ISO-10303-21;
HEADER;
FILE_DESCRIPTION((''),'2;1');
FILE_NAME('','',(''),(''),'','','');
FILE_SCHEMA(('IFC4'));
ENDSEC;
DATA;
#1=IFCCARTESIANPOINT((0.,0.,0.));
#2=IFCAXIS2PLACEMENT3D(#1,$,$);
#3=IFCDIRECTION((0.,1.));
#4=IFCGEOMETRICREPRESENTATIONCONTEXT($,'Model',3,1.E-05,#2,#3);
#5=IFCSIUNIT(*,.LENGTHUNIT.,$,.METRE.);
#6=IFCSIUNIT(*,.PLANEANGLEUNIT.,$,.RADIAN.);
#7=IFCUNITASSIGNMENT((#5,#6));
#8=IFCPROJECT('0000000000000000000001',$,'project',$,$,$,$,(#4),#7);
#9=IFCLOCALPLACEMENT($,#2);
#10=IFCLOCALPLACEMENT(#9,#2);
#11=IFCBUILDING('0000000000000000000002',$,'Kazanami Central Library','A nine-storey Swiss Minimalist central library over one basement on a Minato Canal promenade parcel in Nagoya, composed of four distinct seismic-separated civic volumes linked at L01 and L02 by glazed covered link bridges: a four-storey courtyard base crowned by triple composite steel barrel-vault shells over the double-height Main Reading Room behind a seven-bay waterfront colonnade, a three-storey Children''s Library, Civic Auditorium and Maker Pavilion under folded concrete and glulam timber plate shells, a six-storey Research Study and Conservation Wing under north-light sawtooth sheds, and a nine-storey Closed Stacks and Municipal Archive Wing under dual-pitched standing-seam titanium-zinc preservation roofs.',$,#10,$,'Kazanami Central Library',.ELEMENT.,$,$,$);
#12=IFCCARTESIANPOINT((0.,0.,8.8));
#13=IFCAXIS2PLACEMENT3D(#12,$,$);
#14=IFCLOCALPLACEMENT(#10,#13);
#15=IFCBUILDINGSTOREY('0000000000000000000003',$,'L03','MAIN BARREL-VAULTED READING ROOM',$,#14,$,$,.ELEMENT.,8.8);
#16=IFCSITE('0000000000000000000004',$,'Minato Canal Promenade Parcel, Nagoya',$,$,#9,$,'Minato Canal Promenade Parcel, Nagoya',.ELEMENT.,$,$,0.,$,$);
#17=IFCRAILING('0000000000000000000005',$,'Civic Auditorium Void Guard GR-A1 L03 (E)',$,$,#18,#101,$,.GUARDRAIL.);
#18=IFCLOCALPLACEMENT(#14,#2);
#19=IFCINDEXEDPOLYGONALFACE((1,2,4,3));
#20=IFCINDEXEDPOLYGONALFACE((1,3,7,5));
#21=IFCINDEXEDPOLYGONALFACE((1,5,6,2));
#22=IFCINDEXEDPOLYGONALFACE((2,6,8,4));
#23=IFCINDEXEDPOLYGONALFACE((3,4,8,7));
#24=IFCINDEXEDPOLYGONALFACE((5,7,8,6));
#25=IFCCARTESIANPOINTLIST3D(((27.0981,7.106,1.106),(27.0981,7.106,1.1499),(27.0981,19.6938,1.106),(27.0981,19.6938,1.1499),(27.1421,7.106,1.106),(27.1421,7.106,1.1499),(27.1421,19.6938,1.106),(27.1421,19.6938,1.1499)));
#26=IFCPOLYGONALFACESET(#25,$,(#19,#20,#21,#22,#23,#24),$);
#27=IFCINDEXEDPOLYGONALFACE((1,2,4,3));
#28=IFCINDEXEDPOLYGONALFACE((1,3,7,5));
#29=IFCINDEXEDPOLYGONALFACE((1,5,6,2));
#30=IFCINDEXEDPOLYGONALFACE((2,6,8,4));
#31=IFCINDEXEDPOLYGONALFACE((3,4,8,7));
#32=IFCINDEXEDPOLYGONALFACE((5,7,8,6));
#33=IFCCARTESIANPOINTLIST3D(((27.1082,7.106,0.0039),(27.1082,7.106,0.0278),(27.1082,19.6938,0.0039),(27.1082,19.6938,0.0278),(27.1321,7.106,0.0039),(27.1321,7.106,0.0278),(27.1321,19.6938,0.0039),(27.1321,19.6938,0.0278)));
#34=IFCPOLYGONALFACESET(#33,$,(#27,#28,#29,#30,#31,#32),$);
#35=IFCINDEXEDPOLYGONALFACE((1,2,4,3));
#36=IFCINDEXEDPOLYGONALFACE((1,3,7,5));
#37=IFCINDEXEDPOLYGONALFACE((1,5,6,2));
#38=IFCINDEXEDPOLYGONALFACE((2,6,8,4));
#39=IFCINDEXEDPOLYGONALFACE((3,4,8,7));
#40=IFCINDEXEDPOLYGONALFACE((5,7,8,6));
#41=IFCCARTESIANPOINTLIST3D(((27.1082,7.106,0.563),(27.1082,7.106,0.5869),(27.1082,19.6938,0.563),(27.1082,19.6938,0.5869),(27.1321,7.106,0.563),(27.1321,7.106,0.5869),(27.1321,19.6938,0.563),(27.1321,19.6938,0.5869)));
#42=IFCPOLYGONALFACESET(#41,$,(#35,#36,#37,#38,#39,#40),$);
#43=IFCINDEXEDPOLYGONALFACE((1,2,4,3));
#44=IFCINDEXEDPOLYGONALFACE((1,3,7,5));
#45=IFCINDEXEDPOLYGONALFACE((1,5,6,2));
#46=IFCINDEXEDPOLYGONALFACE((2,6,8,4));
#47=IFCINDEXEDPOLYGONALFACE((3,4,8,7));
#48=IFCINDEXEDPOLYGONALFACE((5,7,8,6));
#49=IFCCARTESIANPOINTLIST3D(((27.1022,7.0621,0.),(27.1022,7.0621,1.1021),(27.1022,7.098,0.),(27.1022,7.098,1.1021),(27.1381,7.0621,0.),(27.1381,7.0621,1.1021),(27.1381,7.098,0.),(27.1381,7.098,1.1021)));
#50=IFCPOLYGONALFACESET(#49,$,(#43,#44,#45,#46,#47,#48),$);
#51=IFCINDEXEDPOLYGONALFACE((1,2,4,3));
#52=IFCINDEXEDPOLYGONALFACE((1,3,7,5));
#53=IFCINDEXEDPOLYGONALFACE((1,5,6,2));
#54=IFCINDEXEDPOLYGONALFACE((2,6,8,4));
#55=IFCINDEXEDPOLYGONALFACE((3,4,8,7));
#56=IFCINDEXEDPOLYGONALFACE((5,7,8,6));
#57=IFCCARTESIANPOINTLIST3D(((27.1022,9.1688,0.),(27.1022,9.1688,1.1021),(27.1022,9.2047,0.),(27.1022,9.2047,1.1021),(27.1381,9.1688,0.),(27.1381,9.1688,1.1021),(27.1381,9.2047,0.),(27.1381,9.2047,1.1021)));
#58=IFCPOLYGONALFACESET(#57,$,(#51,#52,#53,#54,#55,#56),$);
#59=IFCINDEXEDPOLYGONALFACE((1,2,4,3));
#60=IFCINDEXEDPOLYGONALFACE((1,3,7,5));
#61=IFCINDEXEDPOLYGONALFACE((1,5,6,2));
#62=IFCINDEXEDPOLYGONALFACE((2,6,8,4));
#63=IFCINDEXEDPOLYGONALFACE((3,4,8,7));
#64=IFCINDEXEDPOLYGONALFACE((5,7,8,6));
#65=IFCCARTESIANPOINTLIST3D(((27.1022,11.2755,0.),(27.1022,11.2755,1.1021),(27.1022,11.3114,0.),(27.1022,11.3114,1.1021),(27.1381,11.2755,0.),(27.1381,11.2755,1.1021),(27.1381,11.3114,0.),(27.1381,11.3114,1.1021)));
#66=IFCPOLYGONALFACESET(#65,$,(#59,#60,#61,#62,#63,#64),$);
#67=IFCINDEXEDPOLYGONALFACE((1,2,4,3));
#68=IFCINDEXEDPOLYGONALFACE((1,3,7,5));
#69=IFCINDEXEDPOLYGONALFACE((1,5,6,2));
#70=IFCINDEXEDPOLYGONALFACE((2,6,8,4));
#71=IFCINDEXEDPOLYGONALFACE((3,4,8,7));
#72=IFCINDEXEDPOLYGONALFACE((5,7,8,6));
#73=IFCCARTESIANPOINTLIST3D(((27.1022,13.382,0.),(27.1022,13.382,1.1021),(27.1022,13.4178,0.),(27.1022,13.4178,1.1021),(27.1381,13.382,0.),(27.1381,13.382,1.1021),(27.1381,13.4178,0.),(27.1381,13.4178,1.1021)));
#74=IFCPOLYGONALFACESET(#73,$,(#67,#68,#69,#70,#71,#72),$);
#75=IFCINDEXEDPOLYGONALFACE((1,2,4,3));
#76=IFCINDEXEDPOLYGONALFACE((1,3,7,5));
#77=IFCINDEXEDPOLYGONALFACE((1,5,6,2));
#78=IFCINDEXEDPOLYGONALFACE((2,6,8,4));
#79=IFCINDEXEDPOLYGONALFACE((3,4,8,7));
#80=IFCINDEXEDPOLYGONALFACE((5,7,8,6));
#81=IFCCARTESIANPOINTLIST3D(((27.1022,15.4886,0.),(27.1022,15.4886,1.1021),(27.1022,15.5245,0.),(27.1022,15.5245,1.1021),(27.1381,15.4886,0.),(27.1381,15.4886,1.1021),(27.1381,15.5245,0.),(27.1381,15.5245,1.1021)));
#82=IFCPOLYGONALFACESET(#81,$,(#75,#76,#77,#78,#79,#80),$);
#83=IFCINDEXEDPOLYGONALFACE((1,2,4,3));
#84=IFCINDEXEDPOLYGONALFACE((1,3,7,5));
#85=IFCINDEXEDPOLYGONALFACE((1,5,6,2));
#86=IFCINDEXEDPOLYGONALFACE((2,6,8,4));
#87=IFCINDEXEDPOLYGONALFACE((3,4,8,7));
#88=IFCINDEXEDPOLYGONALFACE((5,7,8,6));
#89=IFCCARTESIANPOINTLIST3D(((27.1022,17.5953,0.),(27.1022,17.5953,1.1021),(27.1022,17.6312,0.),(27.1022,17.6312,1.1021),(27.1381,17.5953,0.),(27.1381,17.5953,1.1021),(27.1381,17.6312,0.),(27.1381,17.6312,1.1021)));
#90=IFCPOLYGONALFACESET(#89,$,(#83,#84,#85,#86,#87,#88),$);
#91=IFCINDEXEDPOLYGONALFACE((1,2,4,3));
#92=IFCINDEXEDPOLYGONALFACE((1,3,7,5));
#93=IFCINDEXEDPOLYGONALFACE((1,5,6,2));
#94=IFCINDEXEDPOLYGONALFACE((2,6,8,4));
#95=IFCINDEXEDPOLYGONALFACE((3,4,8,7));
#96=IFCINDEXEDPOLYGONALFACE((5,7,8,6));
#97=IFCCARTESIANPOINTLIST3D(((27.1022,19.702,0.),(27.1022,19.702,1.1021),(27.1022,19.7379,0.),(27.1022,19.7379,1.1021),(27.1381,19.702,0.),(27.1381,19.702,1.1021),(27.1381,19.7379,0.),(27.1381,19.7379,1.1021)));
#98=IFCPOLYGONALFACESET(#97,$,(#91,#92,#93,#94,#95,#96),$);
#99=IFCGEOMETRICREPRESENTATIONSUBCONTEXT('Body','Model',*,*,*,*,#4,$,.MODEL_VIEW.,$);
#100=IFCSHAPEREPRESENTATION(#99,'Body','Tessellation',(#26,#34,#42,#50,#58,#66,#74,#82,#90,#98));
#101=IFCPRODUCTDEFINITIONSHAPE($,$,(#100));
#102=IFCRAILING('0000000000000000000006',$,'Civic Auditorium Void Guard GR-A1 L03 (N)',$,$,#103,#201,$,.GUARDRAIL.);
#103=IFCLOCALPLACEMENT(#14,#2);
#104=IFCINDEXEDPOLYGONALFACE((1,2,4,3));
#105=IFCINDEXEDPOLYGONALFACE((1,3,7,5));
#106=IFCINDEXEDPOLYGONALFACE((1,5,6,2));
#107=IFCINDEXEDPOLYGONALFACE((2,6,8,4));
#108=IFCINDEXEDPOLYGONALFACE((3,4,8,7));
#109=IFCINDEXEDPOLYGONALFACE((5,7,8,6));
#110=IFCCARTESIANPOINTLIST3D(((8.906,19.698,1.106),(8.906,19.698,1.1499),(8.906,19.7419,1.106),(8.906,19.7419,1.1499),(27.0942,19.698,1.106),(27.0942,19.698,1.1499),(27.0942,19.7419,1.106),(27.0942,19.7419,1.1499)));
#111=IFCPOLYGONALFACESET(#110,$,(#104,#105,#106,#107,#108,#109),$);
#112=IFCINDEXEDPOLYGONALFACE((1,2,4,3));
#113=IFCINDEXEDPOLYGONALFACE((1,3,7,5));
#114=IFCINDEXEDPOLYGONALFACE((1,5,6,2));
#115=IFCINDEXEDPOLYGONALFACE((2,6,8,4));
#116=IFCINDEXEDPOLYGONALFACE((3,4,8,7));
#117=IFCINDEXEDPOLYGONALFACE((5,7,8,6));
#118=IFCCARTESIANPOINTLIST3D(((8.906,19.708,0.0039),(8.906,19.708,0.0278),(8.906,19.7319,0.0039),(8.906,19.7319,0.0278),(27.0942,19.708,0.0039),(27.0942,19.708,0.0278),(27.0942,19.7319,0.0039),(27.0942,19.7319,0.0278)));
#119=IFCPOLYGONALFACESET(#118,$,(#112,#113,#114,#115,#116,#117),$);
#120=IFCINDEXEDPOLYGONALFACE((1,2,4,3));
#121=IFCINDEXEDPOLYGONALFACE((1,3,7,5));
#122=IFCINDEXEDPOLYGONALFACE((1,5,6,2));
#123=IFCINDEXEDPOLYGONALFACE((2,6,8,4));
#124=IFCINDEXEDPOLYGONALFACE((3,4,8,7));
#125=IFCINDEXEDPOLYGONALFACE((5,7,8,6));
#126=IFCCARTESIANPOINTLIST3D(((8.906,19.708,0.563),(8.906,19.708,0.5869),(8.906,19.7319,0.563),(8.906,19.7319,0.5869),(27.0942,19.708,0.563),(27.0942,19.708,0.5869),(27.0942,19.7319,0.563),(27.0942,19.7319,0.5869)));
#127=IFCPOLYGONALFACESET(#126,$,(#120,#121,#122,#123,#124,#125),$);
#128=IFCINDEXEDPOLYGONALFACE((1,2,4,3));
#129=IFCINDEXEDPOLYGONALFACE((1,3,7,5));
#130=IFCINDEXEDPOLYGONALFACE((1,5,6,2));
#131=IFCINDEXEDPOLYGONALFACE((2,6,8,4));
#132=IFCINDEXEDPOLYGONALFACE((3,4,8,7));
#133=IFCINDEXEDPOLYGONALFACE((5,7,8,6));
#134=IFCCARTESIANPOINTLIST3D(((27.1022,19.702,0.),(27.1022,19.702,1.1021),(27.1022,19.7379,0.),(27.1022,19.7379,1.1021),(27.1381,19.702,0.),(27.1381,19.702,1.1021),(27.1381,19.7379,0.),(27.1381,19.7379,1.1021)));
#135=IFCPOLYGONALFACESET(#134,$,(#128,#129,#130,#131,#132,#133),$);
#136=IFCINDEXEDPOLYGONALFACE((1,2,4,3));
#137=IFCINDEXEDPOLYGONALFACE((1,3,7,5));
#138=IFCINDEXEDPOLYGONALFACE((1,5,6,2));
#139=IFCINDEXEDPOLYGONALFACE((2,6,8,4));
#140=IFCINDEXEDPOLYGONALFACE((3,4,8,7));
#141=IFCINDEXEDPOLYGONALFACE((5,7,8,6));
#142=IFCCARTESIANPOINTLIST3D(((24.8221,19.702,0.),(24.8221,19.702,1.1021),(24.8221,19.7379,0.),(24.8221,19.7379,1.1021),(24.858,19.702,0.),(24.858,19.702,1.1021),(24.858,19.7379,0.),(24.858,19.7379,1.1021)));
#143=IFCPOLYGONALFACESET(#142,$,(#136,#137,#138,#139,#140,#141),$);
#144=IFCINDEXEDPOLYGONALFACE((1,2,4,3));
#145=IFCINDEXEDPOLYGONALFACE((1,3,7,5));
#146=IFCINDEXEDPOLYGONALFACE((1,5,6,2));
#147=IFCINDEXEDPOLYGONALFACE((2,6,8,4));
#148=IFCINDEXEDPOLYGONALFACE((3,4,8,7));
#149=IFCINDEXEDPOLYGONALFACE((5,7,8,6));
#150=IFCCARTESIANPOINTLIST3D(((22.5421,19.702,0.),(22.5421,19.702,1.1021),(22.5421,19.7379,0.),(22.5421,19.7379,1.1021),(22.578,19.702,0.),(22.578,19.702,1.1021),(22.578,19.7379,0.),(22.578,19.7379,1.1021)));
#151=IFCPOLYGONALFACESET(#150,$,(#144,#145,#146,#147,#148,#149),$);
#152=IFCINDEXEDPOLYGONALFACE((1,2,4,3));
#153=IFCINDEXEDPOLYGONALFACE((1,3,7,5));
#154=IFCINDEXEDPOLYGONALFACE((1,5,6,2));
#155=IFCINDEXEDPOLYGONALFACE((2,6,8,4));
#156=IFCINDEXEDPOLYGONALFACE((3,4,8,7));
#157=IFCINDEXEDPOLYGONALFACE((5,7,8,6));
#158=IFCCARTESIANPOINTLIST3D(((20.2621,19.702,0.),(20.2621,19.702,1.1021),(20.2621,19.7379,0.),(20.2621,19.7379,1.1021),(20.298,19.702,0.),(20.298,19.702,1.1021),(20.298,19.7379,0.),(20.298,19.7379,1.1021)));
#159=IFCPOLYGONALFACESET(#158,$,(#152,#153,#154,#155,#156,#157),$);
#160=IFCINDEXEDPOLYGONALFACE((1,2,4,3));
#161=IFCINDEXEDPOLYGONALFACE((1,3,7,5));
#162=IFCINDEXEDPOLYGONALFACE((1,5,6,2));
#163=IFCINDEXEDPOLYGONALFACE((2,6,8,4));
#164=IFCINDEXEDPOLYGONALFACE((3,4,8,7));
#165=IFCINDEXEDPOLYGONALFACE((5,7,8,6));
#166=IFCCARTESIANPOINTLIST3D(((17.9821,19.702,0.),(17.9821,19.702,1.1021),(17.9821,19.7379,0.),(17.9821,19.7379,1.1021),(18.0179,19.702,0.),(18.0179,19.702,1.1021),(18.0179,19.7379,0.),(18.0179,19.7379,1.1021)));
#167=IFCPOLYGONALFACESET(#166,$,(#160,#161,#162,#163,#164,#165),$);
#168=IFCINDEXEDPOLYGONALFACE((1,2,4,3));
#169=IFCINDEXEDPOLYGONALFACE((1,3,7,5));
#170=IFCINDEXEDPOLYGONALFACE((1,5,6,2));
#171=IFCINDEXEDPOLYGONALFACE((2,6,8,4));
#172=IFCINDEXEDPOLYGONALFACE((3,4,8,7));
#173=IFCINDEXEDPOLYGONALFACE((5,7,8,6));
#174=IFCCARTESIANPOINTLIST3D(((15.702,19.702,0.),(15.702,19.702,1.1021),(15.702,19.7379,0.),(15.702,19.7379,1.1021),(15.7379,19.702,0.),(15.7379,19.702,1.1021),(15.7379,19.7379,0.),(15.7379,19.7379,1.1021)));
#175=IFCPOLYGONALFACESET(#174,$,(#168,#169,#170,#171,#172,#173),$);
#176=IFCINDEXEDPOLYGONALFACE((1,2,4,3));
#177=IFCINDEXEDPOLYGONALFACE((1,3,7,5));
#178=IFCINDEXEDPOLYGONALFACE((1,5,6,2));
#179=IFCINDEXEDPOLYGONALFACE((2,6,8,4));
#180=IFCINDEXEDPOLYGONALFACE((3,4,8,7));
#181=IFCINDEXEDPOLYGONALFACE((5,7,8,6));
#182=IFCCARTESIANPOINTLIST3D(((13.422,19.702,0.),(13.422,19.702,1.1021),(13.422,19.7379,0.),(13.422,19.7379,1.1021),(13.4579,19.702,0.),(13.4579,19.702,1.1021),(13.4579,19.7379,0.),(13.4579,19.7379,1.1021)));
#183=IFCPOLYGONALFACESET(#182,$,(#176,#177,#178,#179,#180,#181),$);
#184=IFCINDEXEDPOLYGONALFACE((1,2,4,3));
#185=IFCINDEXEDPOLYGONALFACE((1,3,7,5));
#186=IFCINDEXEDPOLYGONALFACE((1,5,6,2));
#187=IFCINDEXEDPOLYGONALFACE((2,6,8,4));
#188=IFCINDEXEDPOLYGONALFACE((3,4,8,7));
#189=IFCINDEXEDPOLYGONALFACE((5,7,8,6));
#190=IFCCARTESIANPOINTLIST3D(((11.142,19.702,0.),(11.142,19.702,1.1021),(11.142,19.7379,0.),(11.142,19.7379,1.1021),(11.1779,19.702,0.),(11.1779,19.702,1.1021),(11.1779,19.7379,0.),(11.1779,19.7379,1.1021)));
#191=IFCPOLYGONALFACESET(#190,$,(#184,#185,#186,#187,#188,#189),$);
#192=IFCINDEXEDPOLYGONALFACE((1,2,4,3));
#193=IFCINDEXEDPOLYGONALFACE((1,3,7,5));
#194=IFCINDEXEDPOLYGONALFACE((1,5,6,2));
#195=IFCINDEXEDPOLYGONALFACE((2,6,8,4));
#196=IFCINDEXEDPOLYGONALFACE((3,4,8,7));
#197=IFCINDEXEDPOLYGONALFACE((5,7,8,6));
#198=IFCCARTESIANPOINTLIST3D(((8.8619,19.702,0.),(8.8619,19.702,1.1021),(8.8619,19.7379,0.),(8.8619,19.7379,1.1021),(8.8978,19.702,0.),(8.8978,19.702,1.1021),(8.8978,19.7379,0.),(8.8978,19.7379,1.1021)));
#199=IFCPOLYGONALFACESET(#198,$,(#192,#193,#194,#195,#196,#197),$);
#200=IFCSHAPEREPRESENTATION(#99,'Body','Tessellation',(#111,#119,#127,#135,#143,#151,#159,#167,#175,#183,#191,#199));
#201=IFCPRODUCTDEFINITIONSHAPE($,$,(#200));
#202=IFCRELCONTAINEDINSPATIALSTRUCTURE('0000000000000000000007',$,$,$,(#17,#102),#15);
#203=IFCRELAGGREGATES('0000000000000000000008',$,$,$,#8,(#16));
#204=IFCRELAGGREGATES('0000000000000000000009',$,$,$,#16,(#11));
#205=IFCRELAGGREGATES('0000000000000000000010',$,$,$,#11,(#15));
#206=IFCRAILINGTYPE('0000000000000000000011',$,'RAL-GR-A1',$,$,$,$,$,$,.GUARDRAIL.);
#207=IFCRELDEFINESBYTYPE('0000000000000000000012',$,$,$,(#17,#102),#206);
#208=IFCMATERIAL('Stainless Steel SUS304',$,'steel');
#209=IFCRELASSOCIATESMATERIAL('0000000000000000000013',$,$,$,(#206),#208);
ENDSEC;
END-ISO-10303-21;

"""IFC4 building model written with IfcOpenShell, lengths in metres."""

from ifc_helpers import new_model, si_unit, direction, frame, origin, origin_2d, place, context, subcontext, project, spatial, rectangle, extrude, material, type_object, element, save


model = new_model("IFC4")

# Units and contexts
model_context = context("Model", 3, precision=1e-05, world=origin(), true_north=direction((0.0, 1.0)))
body_context = subcontext(model_context, "Body", "Model", "MODEL_VIEW")
ifc_project = project(units=[si_unit("LENGTHUNIT", "METRE"), si_unit("PLANEANGLEUNIT", "RADIAN")], contexts=[model_context])

# Site, building, storey
site_placement = place(None, origin())
site = spatial("IfcSite", under=ifc_project, at=site_placement, Name="Minato Canal Promenade Parcel, Nagoya", LongName="Minato Canal Promenade Parcel, Nagoya", CompositionType="ELEMENT", RefElevation=0.0)
building_placement = place(site_placement, origin())
building = spatial("IfcBuilding", under=site, at=building_placement, Name="Kazanami Central Library", Description="A nine-storey Swiss Minimalist central library over one basement on a Minato Canal promenade parcel in Nagoya, composed of four distinct seismic-separated civic volumes linked at L01 and L02 by glazed covered link bridges: a four-storey courtyard base crowned by triple composite steel barrel-vault shells over the double-height Main Reading Room behind a seven-bay waterfront colonnade, a three-storey Children's Library, Civic Auditorium and Maker Pavilion under folded concrete and glulam timber plate shells, a six-storey Research Study and Conservation Wing under north-light sawtooth sheds, and a nine-storey Closed Stacks and Municipal Archive Wing under dual-pitched standing-seam titanium-zinc preservation roofs.", LongName="Kazanami Central Library", CompositionType="ELEMENT")
storey_placement = place(building_placement, frame((0.0, 0.0, 8.8)))
storey = spatial("IfcBuildingStorey", under=building, at=storey_placement, Name="L03", Description="MAIN BARREL-VAULTED READING ROOM", CompositionType="ELEMENT", Elevation=8.8)

# Shared definitions
ifc_material_1 = material(Name="Stainless Steel SUS304", Category="steel")

# Railings
railing_type = type_object("IfcRailingType", Name="RAL-GR-A1", PredefinedType="GUARDRAIL", material=ifc_material_1)
railing_1_placement = place(storey_placement, frame((27.1201, 7.0801, 0.0)))
element("IfcRailing", 1, at=railing_1_placement, inside=storey, type_object=railing_type, Name="Civic Auditorium Void Guard GR-A1 L03 (E)", PredefinedType="GUARDRAIL", context=body_context, shape_type="SweptSolid", body=[
    extrude(rectangle(XDim=0.0439, YDim=0.0439, at=origin_2d()), frame((0.0, 0.0259, 1.1279), z_axis=(0.0, 1.0, 0.0), x_axis=(-1.0, 0.0, 0.0)), (0.0, 0.0, 1.0), 12.5879),
    extrude(rectangle(XDim=0.0239, YDim=0.0239, at=origin_2d()), frame((0.0, 0.0259, 0.0159), z_axis=(0.0, 1.0, 0.0), x_axis=(-1.0, 0.0, 0.0)), (0.0, 0.0, 1.0), 12.5879),
    extrude(rectangle(XDim=0.0239, YDim=0.0239, at=origin_2d()), frame((0.0, 0.0259, 0.575), z_axis=(0.0, 1.0, 0.0), x_axis=(-1.0, 0.0, 0.0)), (0.0, 0.0, 1.0), 12.5879),
    extrude(rectangle(XDim=0.0359, YDim=0.0359, at=origin_2d()), origin(), (0.0, 0.0, 1.0), 1.1021),
    extrude(rectangle(XDim=0.0359, YDim=0.0359, at=origin_2d()), frame((0.0, 2.1067, 0.0)), (0.0, 0.0, 1.0), 1.1021),
    extrude(rectangle(XDim=0.0359, YDim=0.0359, at=origin_2d()), frame((0.0, 4.2134, 0.0)), (0.0, 0.0, 1.0), 1.1021),
    extrude(rectangle(XDim=0.0359, YDim=0.0359, at=origin_2d()), frame((0.0, 6.3198, 0.0)), (0.0, 0.0, 1.0), 1.1021),
    extrude(rectangle(XDim=0.0359, YDim=0.0359, at=origin_2d()), frame((0.0, 8.4265, 0.0)), (0.0, 0.0, 1.0), 1.1021),
    extrude(rectangle(XDim=0.0359, YDim=0.0359, at=origin_2d()), frame((0.0, 10.5332, 0.0)), (0.0, 0.0, 1.0), 1.1021),
    extrude(rectangle(XDim=0.0359, YDim=0.0359, at=origin_2d()), frame((0.0, 12.6399, 0.0)), (0.0, 0.0, 1.0), 1.1021),
])
railing_2_placement = place(storey_placement, frame((27.1201, 19.72, 0.0)))
element("IfcRailing", 2, at=railing_2_placement, inside=storey, type_object=railing_type, Name="Civic Auditorium Void Guard GR-A1 L03 (N)", PredefinedType="GUARDRAIL", context=body_context, shape_type="SweptSolid", body=[
    extrude(rectangle(XDim=0.0439, YDim=0.0439, at=origin_2d()), frame((-0.0259, 0.0, 1.1279), z_axis=(-1.0, 0.0, 0.0), x_axis=(0.0, -1.0, 0.0)), (0.0, 0.0, 1.0), 18.1882),
    extrude(rectangle(XDim=0.0239, YDim=0.0239, at=origin_2d()), frame((-0.0259, 0.0, 0.0159), z_axis=(-1.0, 0.0, 0.0), x_axis=(0.0, -1.0, 0.0)), (0.0, 0.0, 1.0), 18.1882),
    extrude(rectangle(XDim=0.0239, YDim=0.0239, at=origin_2d()), frame((-0.0259, 0.0, 0.575), z_axis=(-1.0, 0.0, 0.0), x_axis=(0.0, -1.0, 0.0)), (0.0, 0.0, 1.0), 18.1882),
    extrude(rectangle(XDim=0.0359, YDim=0.0359, at=origin_2d()), origin(), (0.0, 0.0, 1.0), 1.1021),
    extrude(rectangle(XDim=0.0359, YDim=0.0359, at=origin_2d()), frame((-2.28, 0.0, 0.0)), (0.0, 0.0, 1.0), 1.1021),
    extrude(rectangle(XDim=0.0359, YDim=0.0359, at=origin_2d()), frame((-4.5601, 0.0, 0.0)), (0.0, 0.0, 1.0), 1.1021),
    extrude(rectangle(XDim=0.0359, YDim=0.0359, at=origin_2d()), frame((-6.8401, 0.0, 0.0)), (0.0, 0.0, 1.0), 1.1021),
    extrude(rectangle(XDim=0.0359, YDim=0.0359, at=origin_2d()), frame((-9.1201, 0.0, 0.0)), (0.0, 0.0, 1.0), 1.1021),
    extrude(rectangle(XDim=0.0359, YDim=0.0359, at=origin_2d()), frame((-11.4001, 0.0, 0.0)), (0.0, 0.0, 1.0), 1.1021),
    extrude(rectangle(XDim=0.0359, YDim=0.0359, at=origin_2d()), frame((-13.6802, 0.0, 0.0)), (0.0, 0.0, 1.0), 1.1021),
    extrude(rectangle(XDim=0.0359, YDim=0.0359, at=origin_2d()), frame((-15.9602, 0.0, 0.0)), (0.0, 0.0, 1.0), 1.1021),
    extrude(rectangle(XDim=0.0359, YDim=0.0359, at=origin_2d()), frame((-18.2402, 0.0, 0.0)), (0.0, 0.0, 1.0), 1.1021),
])

save(model, "model.ifc")
